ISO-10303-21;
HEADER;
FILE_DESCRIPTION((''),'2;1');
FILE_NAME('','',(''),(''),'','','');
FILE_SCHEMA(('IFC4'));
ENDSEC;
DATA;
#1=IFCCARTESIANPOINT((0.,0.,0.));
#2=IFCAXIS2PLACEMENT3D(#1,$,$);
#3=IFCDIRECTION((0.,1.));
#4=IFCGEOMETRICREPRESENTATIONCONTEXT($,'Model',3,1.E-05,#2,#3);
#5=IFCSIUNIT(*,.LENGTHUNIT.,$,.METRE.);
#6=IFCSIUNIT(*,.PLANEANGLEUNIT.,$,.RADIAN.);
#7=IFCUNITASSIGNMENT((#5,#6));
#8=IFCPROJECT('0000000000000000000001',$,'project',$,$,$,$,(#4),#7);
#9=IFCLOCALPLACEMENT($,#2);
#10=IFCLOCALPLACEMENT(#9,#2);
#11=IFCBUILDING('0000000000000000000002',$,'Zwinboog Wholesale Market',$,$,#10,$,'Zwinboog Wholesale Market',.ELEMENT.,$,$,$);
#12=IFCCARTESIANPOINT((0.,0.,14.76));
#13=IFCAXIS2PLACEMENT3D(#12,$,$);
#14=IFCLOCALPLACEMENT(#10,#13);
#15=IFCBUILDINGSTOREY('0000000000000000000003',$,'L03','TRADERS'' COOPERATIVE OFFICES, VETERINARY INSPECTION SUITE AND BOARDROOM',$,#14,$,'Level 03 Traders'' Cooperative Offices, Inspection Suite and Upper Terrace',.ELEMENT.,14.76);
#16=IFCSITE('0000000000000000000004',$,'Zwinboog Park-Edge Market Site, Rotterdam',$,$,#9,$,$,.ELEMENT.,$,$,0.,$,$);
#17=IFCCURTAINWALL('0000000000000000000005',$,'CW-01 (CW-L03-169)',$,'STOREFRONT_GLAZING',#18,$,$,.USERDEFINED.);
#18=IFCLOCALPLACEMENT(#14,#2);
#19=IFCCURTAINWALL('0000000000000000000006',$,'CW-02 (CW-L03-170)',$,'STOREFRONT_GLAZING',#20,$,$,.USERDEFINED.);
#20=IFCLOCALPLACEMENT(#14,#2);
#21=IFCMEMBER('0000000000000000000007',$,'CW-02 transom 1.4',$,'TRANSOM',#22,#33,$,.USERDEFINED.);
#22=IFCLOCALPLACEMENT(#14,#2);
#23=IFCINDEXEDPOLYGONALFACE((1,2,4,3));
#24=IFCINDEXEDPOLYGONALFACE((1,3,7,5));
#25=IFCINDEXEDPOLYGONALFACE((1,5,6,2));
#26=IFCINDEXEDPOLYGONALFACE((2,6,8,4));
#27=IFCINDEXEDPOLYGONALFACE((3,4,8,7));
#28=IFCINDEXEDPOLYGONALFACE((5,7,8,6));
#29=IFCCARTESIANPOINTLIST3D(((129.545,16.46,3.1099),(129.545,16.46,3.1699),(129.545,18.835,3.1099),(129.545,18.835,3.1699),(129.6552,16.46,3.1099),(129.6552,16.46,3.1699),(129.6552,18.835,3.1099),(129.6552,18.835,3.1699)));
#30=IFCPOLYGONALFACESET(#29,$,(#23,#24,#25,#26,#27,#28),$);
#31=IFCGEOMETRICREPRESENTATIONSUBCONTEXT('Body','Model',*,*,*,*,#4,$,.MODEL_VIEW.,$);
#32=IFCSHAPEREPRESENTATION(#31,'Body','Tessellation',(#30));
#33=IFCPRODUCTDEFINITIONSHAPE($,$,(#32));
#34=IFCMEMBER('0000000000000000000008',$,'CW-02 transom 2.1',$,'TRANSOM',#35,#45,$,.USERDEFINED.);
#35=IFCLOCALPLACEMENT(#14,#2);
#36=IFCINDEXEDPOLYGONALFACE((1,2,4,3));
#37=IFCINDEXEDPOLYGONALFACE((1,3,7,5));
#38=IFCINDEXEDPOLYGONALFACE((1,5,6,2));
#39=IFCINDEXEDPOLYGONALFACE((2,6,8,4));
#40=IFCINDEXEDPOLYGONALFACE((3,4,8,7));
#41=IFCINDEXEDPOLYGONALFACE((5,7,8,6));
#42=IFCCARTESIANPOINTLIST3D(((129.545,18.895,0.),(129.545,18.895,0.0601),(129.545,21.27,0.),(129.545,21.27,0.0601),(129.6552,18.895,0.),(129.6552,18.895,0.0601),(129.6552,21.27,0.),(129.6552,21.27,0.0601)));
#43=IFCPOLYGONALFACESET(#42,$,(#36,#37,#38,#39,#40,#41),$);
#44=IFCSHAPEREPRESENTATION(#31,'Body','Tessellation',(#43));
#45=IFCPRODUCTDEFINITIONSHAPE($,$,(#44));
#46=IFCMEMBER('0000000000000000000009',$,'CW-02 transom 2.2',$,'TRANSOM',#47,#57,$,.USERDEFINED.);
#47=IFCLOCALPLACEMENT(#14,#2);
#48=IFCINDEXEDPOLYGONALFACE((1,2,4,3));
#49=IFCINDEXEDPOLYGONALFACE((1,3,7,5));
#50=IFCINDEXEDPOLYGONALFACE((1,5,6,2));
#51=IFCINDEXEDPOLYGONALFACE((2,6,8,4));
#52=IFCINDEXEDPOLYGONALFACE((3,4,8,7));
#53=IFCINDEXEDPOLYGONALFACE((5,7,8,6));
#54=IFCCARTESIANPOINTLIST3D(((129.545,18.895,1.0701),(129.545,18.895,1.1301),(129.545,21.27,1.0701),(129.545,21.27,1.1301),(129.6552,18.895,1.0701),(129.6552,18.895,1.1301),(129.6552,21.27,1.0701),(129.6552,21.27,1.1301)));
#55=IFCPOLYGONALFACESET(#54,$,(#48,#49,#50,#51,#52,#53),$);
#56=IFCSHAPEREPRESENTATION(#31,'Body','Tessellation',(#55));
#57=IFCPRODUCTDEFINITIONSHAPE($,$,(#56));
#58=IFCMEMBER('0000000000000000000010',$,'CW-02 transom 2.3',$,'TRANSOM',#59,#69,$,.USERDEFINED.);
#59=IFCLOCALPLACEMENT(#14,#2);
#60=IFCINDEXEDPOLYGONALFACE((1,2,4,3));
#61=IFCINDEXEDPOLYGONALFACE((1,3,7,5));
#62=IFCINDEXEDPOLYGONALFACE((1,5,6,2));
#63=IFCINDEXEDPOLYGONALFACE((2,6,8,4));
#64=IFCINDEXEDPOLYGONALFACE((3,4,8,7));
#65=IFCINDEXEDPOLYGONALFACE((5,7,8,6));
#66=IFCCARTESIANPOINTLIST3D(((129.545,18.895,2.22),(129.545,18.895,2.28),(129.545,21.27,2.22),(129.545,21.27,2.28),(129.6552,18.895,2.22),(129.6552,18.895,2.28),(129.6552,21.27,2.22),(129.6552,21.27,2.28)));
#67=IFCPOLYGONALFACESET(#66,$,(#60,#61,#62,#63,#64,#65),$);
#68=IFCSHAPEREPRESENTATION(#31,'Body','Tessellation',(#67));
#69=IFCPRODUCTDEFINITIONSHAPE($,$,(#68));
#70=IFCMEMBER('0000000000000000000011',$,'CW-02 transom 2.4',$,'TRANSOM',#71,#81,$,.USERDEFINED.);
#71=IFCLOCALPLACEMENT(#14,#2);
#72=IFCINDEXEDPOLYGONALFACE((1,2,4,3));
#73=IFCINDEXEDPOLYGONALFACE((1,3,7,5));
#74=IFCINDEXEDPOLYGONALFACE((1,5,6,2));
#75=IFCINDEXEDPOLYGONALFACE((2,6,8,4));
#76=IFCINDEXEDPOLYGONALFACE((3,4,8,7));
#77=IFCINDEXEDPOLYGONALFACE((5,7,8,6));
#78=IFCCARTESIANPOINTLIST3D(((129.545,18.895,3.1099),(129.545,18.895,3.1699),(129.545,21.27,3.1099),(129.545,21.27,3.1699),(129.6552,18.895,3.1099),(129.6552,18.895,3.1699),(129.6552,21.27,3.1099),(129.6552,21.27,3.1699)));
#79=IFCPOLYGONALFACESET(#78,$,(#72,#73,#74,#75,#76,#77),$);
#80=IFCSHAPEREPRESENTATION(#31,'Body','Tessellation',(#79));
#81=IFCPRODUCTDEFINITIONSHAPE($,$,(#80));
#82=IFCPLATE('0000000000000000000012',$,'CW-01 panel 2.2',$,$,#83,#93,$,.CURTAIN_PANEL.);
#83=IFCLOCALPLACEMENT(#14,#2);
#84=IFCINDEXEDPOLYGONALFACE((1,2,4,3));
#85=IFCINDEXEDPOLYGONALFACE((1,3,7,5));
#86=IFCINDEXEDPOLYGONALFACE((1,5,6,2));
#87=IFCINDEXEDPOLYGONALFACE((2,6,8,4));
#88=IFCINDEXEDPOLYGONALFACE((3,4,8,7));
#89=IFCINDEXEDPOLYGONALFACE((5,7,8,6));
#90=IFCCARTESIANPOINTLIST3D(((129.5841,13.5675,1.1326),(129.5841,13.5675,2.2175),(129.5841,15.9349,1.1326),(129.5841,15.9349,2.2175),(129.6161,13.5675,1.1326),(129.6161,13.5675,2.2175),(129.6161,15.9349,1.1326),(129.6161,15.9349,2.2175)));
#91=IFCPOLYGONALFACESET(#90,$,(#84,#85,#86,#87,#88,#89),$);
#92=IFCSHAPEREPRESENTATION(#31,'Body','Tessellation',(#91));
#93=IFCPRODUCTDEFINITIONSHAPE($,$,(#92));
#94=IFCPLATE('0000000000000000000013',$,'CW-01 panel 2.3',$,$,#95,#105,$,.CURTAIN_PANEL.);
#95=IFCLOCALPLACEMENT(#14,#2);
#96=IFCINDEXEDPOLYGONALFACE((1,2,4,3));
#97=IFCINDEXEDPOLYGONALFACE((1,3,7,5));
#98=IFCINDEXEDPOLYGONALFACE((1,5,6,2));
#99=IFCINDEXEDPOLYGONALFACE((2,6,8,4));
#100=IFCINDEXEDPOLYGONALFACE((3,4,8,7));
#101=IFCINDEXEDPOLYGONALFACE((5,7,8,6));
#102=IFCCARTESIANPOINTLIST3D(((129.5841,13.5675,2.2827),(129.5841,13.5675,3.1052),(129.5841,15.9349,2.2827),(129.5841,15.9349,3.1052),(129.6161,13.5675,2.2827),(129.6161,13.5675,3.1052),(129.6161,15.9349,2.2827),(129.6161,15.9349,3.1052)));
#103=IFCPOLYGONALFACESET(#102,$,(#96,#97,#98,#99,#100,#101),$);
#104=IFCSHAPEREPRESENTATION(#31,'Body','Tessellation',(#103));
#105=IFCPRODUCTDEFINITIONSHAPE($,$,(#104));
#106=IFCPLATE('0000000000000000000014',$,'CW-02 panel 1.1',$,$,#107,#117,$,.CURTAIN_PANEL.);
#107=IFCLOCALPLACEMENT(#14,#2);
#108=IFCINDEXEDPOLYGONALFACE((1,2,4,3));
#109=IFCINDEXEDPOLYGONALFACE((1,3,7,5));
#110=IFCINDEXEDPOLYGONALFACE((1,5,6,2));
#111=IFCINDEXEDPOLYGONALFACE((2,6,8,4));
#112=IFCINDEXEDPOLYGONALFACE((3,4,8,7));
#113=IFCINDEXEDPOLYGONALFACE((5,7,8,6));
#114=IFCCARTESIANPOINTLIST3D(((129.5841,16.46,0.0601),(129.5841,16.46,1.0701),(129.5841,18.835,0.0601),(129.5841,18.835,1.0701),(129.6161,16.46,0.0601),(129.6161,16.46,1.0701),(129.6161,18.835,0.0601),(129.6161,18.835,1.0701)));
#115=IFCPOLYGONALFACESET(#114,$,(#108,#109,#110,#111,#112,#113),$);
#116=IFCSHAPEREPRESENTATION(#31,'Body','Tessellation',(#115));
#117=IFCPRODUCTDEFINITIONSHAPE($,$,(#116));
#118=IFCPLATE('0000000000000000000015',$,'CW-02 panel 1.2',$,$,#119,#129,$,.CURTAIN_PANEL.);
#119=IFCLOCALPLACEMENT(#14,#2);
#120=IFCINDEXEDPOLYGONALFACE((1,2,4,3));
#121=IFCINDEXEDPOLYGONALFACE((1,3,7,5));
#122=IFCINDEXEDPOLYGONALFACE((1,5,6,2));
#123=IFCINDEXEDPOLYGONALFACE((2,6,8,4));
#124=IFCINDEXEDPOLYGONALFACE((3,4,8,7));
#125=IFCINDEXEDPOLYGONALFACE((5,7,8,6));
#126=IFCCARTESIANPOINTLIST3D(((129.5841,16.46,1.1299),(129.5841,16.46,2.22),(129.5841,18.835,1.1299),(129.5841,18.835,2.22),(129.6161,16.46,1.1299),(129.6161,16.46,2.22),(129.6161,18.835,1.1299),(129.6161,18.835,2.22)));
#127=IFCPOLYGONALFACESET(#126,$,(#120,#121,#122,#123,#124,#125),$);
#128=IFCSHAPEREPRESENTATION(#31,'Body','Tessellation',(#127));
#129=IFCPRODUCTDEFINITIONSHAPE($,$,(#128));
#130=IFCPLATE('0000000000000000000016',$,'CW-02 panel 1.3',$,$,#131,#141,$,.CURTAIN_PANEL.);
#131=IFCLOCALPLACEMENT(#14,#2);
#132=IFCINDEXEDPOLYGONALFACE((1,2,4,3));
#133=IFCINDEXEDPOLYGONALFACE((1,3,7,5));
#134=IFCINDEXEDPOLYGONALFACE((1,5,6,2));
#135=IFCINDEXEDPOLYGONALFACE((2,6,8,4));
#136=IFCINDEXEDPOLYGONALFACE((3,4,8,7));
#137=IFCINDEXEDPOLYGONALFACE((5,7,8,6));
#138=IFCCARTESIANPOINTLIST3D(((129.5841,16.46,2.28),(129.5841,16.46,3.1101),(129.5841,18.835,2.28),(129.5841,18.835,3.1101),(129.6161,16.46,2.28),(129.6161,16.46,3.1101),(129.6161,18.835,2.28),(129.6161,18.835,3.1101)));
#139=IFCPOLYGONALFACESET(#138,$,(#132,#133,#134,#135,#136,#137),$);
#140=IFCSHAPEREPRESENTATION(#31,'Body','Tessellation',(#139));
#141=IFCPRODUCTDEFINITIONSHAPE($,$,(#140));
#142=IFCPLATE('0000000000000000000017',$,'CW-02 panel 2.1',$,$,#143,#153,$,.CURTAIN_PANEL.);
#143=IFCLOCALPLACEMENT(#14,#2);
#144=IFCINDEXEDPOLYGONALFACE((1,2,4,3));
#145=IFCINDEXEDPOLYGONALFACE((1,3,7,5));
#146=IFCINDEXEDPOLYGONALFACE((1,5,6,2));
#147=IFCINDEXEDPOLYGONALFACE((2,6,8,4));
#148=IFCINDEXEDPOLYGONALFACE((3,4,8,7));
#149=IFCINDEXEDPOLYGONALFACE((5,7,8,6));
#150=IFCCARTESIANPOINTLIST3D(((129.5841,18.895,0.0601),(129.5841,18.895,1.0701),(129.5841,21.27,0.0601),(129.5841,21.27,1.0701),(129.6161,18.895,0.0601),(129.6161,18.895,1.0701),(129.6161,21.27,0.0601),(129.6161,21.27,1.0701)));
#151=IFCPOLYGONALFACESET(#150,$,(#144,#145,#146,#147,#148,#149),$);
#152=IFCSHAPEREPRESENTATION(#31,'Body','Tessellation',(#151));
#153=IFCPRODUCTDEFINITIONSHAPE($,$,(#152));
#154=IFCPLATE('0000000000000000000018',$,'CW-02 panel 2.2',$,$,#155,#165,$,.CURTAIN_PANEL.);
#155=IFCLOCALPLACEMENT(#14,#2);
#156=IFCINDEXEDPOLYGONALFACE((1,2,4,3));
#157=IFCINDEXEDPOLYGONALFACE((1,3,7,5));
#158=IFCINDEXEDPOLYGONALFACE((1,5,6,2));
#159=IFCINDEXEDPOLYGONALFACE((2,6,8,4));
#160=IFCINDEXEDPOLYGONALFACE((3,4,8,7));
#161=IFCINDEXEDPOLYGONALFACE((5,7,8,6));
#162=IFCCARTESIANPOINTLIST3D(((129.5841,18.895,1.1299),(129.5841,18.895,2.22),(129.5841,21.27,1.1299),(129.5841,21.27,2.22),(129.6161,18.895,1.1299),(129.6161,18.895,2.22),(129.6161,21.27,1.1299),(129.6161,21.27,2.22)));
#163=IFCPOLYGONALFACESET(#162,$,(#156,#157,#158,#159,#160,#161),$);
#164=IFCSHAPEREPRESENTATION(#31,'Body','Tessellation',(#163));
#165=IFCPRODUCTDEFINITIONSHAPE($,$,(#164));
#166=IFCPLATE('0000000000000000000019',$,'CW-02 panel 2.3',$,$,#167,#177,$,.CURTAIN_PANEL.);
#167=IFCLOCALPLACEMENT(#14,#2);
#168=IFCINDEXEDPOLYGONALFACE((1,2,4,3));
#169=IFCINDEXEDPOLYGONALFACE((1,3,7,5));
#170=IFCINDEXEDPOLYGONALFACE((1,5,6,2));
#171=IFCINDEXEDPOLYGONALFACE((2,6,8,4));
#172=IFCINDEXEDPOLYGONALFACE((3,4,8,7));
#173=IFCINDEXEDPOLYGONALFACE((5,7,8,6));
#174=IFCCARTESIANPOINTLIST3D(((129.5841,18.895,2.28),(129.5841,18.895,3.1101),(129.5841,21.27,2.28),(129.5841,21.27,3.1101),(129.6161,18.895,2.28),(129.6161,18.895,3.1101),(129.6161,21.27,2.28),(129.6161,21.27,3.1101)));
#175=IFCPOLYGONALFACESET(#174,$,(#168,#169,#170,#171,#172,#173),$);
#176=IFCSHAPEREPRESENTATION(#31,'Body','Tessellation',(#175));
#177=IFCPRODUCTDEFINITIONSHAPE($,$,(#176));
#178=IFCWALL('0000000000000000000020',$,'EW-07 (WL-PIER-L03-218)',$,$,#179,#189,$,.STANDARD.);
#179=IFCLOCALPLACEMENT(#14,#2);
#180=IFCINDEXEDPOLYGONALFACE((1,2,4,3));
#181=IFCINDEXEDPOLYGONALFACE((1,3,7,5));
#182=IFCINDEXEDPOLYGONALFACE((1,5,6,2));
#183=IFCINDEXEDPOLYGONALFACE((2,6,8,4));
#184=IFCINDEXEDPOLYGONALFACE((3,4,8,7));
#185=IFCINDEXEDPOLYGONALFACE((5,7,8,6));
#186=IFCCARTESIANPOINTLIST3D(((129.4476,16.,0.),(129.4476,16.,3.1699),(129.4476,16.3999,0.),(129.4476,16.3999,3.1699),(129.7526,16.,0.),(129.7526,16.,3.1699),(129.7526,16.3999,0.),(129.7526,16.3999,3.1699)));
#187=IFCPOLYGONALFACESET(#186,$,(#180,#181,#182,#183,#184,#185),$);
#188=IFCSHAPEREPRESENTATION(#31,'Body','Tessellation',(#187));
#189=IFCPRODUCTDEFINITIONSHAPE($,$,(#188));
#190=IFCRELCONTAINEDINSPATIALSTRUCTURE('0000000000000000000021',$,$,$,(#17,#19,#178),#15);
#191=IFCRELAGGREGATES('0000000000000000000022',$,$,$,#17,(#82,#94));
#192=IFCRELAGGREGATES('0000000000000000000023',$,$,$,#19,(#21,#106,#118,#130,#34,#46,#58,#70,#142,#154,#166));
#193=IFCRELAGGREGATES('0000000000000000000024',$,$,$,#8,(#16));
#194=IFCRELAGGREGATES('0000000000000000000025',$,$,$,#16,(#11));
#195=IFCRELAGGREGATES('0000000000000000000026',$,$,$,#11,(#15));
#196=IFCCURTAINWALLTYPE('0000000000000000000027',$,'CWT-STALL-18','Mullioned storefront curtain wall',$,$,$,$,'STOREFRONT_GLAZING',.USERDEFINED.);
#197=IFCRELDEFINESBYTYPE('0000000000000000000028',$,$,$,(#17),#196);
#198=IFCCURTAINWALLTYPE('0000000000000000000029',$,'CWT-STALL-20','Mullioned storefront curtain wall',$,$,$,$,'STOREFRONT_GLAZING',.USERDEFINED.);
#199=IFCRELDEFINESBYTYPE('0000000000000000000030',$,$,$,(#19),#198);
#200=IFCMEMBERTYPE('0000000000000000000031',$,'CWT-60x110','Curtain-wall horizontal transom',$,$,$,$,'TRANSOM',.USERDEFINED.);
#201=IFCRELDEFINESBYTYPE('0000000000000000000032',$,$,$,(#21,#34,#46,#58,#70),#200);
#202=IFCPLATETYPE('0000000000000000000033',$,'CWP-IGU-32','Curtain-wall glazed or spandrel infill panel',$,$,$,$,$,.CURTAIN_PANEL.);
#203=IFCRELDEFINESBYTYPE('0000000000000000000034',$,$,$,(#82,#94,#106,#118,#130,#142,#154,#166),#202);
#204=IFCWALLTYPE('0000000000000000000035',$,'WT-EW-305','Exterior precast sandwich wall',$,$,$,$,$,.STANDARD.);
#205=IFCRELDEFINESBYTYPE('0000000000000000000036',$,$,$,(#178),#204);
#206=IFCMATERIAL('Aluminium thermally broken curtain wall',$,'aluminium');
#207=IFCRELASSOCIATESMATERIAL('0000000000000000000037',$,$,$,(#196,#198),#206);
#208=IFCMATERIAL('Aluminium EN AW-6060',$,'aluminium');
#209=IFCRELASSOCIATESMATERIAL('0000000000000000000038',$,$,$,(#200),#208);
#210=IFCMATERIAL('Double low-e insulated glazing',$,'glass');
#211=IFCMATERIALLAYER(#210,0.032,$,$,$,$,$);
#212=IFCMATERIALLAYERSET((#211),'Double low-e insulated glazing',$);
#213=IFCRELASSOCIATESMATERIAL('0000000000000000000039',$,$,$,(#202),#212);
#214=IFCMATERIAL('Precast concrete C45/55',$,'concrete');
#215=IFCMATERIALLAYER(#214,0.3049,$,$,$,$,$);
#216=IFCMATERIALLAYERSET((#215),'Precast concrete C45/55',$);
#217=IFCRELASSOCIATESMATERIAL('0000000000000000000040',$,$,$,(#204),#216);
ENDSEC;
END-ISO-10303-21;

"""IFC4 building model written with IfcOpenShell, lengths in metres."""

from ifc_helpers import new_model, si_unit, direction, frame, frame_2d, origin, origin_2d, place, context, subcontext, project, spatial, rectangle, extrude, material, layer, layer_set, material_profile, profile_set, type_object, element, aggregate, save


model = new_model("IFC4")

# Units and contexts
model_context = context("Model", 3, precision=1e-05, world=origin(), true_north=direction((0.0, 1.0)))
body_context = subcontext(model_context, "Body", "Model", "MODEL_VIEW")
ifc_project = project(units=[si_unit("LENGTHUNIT", "METRE"), si_unit("PLANEANGLEUNIT", "RADIAN")], contexts=[model_context])

# Site, building, storey
site_placement = place(None, origin())
site = spatial("IfcSite", under=ifc_project, at=site_placement, Name="Zwinboog Park-Edge Market Site, Rotterdam", CompositionType="ELEMENT", RefElevation=0.0)
building_placement = place(site_placement, origin())
building = spatial("IfcBuilding", under=site, at=building_placement, Name="Zwinboog Wholesale Market", LongName="Zwinboog Wholesale Market", CompositionType="ELEMENT")
storey_placement = place(building_placement, frame((0.0, 0.0, 14.76)))
storey = spatial("IfcBuildingStorey", under=building, at=storey_placement, Name="L03", Description="TRADERS' COOPERATIVE OFFICES, VETERINARY INSPECTION SUITE AND BOARDROOM", LongName="Level 03 Traders' Cooperative Offices, Inspection Suite and Upper Terrace", CompositionType="ELEMENT", Elevation=14.76)

# Curtain wall
ifc_material_1 = material(Name="Aluminium thermally broken curtain wall", Category="aluminium")
curtain_wall_type_1 = type_object("IfcCurtainWallType", Name="CWT-STALL-18", Description="Mullioned storefront curtain wall", ElementType="STOREFRONT_GLAZING", PredefinedType="USERDEFINED", material=ifc_material_1)
curtain_wall_1_placement = place(storey_placement, origin())
curtain_wall_1 = element("IfcCurtainWall", 1, at=curtain_wall_1_placement, inside=storey, type_object=curtain_wall_type_1, Name="CW-01 (CW-L03-169)", ObjectType="STOREFRONT_GLAZING", PredefinedType="USERDEFINED")
ifc_material_2 = material(Name="Aluminium EN AW-6060", Category="aluminium")

# Curtain wall, members
curtain_wall_type_2 = type_object("IfcCurtainWallType", Name="CWT-STALL-20", Description="Mullioned storefront curtain wall", ElementType="STOREFRONT_GLAZING", PredefinedType="USERDEFINED", material=ifc_material_1)
curtain_wall_2_placement = place(storey_placement, origin())
curtain_wall_2 = element("IfcCurtainWall", 2, at=curtain_wall_2_placement, inside=storey, type_object=curtain_wall_type_2, Name="CW-02 (CW-L03-170)", ObjectType="STOREFRONT_GLAZING", PredefinedType="USERDEFINED")
ifc_material_profile_1 = material_profile(ifc_material_2, rectangle(XDim=0.1101, YDim=0.0601, at=origin_2d()), Name="AL 60x110")
ifc_profile_set_1 = profile_set([ifc_material_profile_1], Name="Aluminium EN AW-6060")
member_type_1 = type_object("IfcMemberType", Name="CWT-60x110", Description="Curtain-wall horizontal transom", ElementType="TRANSOM", PredefinedType="USERDEFINED", material=ifc_profile_set_1)
member_1_placement = place(storey_placement, frame((129.6001, 16.46, 3.1399), z_axis=(0.0, 1.0, 0.0), x_axis=(-1.0, 0.0, 0.0)))
member_1 = element("IfcMember", 3, at=member_1_placement, type_object=member_type_1, Name="CW-02 transom 1.4", ObjectType="TRANSOM", PredefinedType="USERDEFINED", context=body_context, shape_type="SweptSolid", body=[
    extrude(rectangle(XDim=0.1101, YDim=0.0601, at=origin_2d()), origin(), (0.0, 0.0, 1.0), 2.375),
])
member_2_placement = place(storey_placement, frame((129.6001, 18.895, 0.03), z_axis=(0.0, 1.0, 0.0), x_axis=(-1.0, 0.0, 0.0)))
member_2 = element("IfcMember", 4, at=member_2_placement, type_object=member_type_1, Name="CW-02 transom 2.1", ObjectType="TRANSOM", PredefinedType="USERDEFINED", context=body_context, shape_type="SweptSolid", body=[
    extrude(rectangle(XDim=0.1101, YDim=0.0601, at=origin_2d()), origin(), (0.0, 0.0, 1.0), 2.375),
])
member_3_placement = place(storey_placement, frame((129.6001, 18.895, 1.1001), z_axis=(0.0, 1.0, 0.0), x_axis=(-1.0, 0.0, 0.0)))
member_3 = element("IfcMember", 5, at=member_3_placement, type_object=member_type_1, Name="CW-02 transom 2.2", ObjectType="TRANSOM", PredefinedType="USERDEFINED", context=body_context, shape_type="SweptSolid", body=[
    extrude(rectangle(XDim=0.1101, YDim=0.0601, at=origin_2d()), origin(), (0.0, 0.0, 1.0), 2.375),
])
member_4_placement = place(storey_placement, frame((129.6001, 18.895, 2.25), z_axis=(0.0, 1.0, 0.0), x_axis=(-1.0, 0.0, 0.0)))
member_4 = element("IfcMember", 6, at=member_4_placement, type_object=member_type_1, Name="CW-02 transom 2.3", ObjectType="TRANSOM", PredefinedType="USERDEFINED", context=body_context, shape_type="SweptSolid", body=[
    extrude(rectangle(XDim=0.1101, YDim=0.0601, at=origin_2d()), origin(), (0.0, 0.0, 1.0), 2.375),
])
member_5_placement = place(storey_placement, frame((129.6001, 18.895, 3.1399), z_axis=(0.0, 1.0, 0.0), x_axis=(-1.0, 0.0, 0.0)))
member_5 = element("IfcMember", 7, at=member_5_placement, type_object=member_type_1, Name="CW-02 transom 2.4", ObjectType="TRANSOM", PredefinedType="USERDEFINED", context=body_context, shape_type="SweptSolid", body=[
    extrude(rectangle(XDim=0.1101, YDim=0.0601, at=origin_2d()), origin(), (0.0, 0.0, 1.0), 2.375),
])

# Plates
ifc_material_3 = material(Name="Double low-e insulated glazing", Category="glass")
ifc_layer_1 = layer(ifc_material_3, 0.032)
ifc_layer_set_1 = layer_set([ifc_layer_1], Name="Double low-e insulated glazing")
plate_type = type_object("IfcPlateType", Name="CWP-IGU-32", Description="Curtain-wall glazed or spandrel infill panel", PredefinedType="CURTAIN_PANEL", material=ifc_layer_set_1)
plate_1_placement = place(storey_placement, frame((129.6001, 14.7512, 1.1326), z_axis=(0.0, 0.0, 1.0), x_axis=(0.0, 1.0, 0.0)))
plate_1 = element("IfcPlate", 8, at=plate_1_placement, type_object=plate_type, Name="CW-01 panel 2.2", PredefinedType="CURTAIN_PANEL", context=body_context, shape_type="SweptSolid", body=[
    extrude(rectangle(XDim=2.3674, YDim=0.032, at=origin_2d()), origin(), (0.0, 0.0, 1.0), 1.085),
])
plate_2_placement = place(storey_placement, frame((129.6001, 14.7512, 2.2827), z_axis=(0.0, 0.0, 1.0), x_axis=(0.0, 1.0, 0.0)))
plate_2 = element("IfcPlate", 9, at=plate_2_placement, type_object=plate_type, Name="CW-01 panel 2.3", PredefinedType="CURTAIN_PANEL", context=body_context, shape_type="SweptSolid", body=[
    extrude(rectangle(XDim=2.3674, YDim=0.032, at=origin_2d()), origin(), (0.0, 0.0, 1.0), 0.8225),
])
aggregate(curtain_wall_1, [plate_1, plate_2])
plate_3_placement = place(storey_placement, frame((129.6001, 17.6475, 0.0601), z_axis=(0.0, 0.0, 1.0), x_axis=(0.0, 1.0, 0.0)))
plate_3 = element("IfcPlate", 10, at=plate_3_placement, type_object=plate_type, Name="CW-02 panel 1.1", PredefinedType="CURTAIN_PANEL", context=body_context, shape_type="SweptSolid", body=[
    extrude(rectangle(XDim=2.375, YDim=0.032, at=origin_2d()), origin(), (0.0, 0.0, 1.0), 1.01),
])
plate_4_placement = place(storey_placement, frame((129.6001, 17.6475, 1.1299), z_axis=(0.0, 0.0, 1.0), x_axis=(0.0, 1.0, 0.0)))
plate_4 = element("IfcPlate", 11, at=plate_4_placement, type_object=plate_type, Name="CW-02 panel 1.2", PredefinedType="CURTAIN_PANEL", context=body_context, shape_type="SweptSolid", body=[
    extrude(rectangle(XDim=2.375, YDim=0.032, at=origin_2d()), origin(), (0.0, 0.0, 1.0), 1.0901),
])
plate_5_placement = place(storey_placement, frame((129.6001, 17.6475, 2.28), z_axis=(0.0, 0.0, 1.0), x_axis=(0.0, 1.0, 0.0)))
plate_5 = element("IfcPlate", 12, at=plate_5_placement, type_object=plate_type, Name="CW-02 panel 1.3", PredefinedType="CURTAIN_PANEL", context=body_context, shape_type="SweptSolid", body=[
    extrude(rectangle(XDim=2.375, YDim=0.032, at=origin_2d()), origin(), (0.0, 0.0, 1.0), 0.8301),
])
plate_6_placement = place(storey_placement, frame((129.6001, 20.0825, 0.0601), z_axis=(0.0, 0.0, 1.0), x_axis=(0.0, 1.0, 0.0)))
plate_6 = element("IfcPlate", 13, at=plate_6_placement, type_object=plate_type, Name="CW-02 panel 2.1", PredefinedType="CURTAIN_PANEL", context=body_context, shape_type="SweptSolid", body=[
    extrude(rectangle(XDim=2.375, YDim=0.032, at=origin_2d()), origin(), (0.0, 0.0, 1.0), 1.01),
])
plate_7_placement = place(storey_placement, frame((129.6001, 20.0825, 1.1299), z_axis=(0.0, 0.0, 1.0), x_axis=(0.0, 1.0, 0.0)))
plate_7 = element("IfcPlate", 14, at=plate_7_placement, type_object=plate_type, Name="CW-02 panel 2.2", PredefinedType="CURTAIN_PANEL", context=body_context, shape_type="SweptSolid", body=[
    extrude(rectangle(XDim=2.375, YDim=0.032, at=origin_2d()), origin(), (0.0, 0.0, 1.0), 1.0901),
])
plate_8_placement = place(storey_placement, frame((129.6001, 20.0825, 2.28), z_axis=(0.0, 0.0, 1.0), x_axis=(0.0, 1.0, 0.0)))
plate_8 = element("IfcPlate", 15, at=plate_8_placement, type_object=plate_type, Name="CW-02 panel 2.3", PredefinedType="CURTAIN_PANEL", context=body_context, shape_type="SweptSolid", body=[
    extrude(rectangle(XDim=2.375, YDim=0.032, at=origin_2d()), origin(), (0.0, 0.0, 1.0), 0.8301),
])
aggregate(curtain_wall_2, [member_1, plate_3, plate_4, plate_5, member_2, member_3, member_4, member_5, plate_6, plate_7, plate_8])

# Wall
ifc_material_4 = material(Name="Precast concrete C45/55", Category="concrete")
ifc_layer_2 = layer(ifc_material_4, 0.3049)
ifc_layer_set_2 = layer_set([ifc_layer_2], Name="Precast concrete C45/55")
wall_type_1 = type_object("IfcWallType", Name="WT-EW-305", Description="Exterior precast sandwich wall", PredefinedType="STANDARD", material=ifc_layer_set_2)
wall_1_placement = place(storey_placement, frame((129.6001, 16.0, 0.0), z_axis=(0.0, 0.0, 1.0), x_axis=(0.0, 1.0, 0.0)))
element("IfcWall", 16, at=wall_1_placement, inside=storey, type_object=wall_type_1, Name="EW-07 (WL-PIER-L03-218)", PredefinedType="STANDARD", context=body_context, shape_type="SweptSolid", body=[
    extrude(rectangle(XDim=0.3999, YDim=0.3049, at=frame_2d((0.2, 0.0))), origin(), (0.0, 0.0, 1.0), 3.1699),
])

save(model, "model.ifc")
